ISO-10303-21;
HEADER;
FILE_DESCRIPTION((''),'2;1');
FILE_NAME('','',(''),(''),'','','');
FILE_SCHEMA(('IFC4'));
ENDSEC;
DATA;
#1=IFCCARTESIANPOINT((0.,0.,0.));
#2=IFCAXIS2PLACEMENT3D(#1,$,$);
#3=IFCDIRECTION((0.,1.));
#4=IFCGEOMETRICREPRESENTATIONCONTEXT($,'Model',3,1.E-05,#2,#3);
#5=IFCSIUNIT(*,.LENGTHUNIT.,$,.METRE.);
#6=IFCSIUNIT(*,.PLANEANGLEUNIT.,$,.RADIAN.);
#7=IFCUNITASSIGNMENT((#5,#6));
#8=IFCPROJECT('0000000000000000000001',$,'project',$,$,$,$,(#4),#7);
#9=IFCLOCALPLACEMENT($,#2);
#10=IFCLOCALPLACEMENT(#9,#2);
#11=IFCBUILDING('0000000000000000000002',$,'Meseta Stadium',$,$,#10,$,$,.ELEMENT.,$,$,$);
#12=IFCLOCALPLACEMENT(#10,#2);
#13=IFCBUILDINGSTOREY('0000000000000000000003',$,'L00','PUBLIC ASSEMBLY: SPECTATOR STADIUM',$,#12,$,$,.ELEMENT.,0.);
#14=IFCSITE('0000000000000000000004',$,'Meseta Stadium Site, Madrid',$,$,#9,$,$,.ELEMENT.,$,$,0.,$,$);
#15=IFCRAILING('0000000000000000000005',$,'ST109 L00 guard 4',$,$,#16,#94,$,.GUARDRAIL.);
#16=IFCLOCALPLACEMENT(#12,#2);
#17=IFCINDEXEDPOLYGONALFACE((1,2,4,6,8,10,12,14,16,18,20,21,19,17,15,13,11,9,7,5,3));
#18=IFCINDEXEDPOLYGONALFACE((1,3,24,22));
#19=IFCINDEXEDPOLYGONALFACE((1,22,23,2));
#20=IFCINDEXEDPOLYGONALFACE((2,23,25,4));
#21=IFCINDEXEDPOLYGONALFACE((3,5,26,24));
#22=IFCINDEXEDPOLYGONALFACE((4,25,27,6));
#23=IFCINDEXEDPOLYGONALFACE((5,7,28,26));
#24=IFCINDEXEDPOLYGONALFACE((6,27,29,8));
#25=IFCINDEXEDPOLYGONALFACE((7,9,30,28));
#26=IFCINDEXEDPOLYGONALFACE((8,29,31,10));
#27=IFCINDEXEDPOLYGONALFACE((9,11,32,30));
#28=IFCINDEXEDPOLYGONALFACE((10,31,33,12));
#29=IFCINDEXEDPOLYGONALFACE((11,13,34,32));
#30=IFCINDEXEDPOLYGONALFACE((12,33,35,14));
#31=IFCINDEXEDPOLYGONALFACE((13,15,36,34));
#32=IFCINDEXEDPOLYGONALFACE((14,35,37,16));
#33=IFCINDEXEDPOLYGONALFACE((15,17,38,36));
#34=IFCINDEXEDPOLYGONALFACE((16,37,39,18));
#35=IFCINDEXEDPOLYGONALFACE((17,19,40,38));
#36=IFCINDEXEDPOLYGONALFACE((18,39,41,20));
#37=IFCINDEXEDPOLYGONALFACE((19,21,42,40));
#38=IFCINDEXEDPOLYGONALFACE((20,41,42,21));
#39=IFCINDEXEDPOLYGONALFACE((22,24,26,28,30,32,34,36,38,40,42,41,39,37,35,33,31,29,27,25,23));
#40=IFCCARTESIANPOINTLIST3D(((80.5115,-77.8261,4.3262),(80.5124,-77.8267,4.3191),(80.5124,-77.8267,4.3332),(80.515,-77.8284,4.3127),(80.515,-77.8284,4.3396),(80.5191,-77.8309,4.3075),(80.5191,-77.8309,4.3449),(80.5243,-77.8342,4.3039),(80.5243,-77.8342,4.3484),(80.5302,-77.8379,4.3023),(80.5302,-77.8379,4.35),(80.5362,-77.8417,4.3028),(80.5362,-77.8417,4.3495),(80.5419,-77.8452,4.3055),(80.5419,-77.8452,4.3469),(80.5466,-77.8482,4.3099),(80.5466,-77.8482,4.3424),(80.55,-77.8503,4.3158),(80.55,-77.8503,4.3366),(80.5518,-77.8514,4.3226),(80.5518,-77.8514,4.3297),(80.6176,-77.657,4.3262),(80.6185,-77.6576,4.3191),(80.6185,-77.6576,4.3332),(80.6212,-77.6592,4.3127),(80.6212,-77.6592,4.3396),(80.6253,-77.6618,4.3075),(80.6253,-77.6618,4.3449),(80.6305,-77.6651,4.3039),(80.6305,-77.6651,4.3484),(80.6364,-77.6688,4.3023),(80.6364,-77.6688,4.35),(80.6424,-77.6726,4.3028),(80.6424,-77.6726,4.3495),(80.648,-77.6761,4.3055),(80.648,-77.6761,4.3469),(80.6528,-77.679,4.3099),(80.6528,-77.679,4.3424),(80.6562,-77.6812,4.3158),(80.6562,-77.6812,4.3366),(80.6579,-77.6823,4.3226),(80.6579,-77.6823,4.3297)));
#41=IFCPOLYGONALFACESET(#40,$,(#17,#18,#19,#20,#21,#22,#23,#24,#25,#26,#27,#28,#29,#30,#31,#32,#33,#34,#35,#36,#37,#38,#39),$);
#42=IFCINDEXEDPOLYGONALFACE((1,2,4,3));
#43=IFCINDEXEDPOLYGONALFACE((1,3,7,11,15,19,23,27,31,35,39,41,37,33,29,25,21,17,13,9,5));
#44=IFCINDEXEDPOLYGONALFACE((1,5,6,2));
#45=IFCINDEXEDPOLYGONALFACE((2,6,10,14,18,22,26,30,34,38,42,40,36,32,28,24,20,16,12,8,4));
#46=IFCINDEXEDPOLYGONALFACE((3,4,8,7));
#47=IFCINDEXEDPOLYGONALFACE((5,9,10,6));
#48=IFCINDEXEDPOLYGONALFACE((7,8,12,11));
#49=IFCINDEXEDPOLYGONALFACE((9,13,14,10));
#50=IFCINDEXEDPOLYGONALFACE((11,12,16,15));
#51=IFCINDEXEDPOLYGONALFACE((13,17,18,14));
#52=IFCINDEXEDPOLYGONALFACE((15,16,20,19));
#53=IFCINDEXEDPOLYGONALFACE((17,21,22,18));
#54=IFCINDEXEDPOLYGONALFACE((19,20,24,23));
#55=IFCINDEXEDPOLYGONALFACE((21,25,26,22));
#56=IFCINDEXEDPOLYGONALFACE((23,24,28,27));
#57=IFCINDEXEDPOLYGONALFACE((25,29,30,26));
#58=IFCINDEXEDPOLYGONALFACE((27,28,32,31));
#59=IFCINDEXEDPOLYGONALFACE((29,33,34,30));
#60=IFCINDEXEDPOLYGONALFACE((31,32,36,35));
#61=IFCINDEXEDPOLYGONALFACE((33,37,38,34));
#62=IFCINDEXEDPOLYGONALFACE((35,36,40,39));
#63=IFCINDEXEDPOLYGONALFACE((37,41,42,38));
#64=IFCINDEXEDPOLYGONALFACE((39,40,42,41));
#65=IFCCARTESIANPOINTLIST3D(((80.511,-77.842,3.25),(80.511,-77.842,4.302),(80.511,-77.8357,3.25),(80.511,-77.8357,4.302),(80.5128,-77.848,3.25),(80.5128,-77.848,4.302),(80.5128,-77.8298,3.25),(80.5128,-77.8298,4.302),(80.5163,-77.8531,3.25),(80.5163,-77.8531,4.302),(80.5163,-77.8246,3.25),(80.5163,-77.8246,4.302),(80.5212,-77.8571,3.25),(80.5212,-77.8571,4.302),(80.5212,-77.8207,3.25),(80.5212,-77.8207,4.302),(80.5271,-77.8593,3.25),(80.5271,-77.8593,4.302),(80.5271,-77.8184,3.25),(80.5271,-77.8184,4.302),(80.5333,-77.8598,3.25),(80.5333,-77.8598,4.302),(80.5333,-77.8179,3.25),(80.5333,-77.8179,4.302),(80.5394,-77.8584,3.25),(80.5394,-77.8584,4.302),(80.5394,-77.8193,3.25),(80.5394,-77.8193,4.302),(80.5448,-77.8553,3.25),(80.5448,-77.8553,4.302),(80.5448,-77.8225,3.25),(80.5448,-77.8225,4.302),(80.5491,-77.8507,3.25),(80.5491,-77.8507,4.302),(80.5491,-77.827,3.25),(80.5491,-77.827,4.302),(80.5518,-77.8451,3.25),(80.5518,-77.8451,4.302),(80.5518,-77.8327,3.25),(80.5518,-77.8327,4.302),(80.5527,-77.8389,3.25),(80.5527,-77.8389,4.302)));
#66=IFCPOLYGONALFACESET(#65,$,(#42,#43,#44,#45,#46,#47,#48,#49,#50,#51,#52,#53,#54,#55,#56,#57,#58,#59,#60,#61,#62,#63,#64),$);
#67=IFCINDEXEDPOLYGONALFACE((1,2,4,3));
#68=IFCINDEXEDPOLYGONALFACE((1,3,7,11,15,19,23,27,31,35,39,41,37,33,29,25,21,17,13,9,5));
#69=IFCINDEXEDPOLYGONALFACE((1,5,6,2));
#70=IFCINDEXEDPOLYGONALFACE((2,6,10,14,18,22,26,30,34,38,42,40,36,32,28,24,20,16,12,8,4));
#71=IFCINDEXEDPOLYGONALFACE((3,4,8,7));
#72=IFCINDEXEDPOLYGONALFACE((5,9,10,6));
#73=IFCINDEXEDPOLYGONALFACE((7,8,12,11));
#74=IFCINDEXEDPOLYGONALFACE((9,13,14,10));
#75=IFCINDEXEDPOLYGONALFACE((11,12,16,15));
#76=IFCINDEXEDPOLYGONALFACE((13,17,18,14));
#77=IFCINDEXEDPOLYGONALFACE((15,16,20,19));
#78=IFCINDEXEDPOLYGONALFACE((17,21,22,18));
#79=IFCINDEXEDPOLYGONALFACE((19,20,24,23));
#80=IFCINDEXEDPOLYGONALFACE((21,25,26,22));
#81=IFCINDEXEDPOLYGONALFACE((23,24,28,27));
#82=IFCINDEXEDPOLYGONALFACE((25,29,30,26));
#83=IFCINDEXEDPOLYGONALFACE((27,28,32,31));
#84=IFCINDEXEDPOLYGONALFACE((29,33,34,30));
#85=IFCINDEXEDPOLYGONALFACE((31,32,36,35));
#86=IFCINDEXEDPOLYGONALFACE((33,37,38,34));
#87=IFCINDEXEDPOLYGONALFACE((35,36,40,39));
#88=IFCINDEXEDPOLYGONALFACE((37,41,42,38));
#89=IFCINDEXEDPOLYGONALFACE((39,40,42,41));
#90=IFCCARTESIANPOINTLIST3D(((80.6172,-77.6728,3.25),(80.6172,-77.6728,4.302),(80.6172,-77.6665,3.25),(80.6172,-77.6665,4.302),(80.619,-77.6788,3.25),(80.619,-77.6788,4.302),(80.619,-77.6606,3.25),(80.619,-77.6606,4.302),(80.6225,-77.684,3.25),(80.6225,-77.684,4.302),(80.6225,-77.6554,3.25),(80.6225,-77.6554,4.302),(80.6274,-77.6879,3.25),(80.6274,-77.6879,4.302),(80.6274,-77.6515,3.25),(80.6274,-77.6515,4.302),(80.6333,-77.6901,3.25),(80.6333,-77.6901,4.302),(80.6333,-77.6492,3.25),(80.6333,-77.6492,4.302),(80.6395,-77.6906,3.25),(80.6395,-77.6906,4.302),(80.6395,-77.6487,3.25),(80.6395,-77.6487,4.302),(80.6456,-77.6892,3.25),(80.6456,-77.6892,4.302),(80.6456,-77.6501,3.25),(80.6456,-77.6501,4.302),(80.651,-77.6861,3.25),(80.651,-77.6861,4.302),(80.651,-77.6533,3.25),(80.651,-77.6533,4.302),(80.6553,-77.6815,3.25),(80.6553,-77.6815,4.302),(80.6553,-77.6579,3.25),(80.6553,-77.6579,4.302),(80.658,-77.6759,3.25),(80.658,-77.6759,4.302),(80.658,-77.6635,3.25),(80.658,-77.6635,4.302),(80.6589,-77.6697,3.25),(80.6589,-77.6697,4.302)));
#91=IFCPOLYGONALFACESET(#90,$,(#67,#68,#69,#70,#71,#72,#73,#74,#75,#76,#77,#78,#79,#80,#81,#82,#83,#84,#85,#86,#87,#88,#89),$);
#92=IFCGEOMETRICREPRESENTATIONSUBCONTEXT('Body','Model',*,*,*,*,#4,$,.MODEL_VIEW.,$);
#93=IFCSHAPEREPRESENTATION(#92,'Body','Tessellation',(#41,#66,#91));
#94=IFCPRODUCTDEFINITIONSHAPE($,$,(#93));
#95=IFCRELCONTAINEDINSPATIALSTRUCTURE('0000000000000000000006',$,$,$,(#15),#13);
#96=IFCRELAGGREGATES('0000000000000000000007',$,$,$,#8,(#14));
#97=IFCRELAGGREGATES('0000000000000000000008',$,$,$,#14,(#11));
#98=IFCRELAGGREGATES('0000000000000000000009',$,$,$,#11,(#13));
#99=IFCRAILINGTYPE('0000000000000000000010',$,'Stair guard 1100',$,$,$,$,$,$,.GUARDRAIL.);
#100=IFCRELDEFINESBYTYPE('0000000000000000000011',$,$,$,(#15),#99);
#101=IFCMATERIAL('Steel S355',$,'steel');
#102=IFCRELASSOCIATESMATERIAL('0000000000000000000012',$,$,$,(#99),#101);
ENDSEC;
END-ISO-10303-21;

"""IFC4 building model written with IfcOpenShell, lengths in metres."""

from ifc_helpers import new_model, si_unit, direction, frame, origin, origin_2d, place, context, subcontext, project, spatial, circle, extrude, material, type_object, element, save


model = new_model("IFC4")

# Units and contexts
model_context = context("Model", 3, precision=1e-05, world=origin(), true_north=direction((0.0, 1.0)))
body_context = subcontext(model_context, "Body", "Model", "MODEL_VIEW")
ifc_project = project(units=[si_unit("LENGTHUNIT", "METRE"), si_unit("PLANEANGLEUNIT", "RADIAN")], contexts=[model_context])

# Site, building, storey
site_placement = place(None, origin())
site = spatial("IfcSite", under=ifc_project, at=site_placement, Name="Meseta Stadium Site, Madrid", CompositionType="ELEMENT", RefElevation=0.0)
building_placement = place(site_placement, origin())
building = spatial("IfcBuilding", under=site, at=building_placement, Name="Meseta Stadium", CompositionType="ELEMENT")
storey_placement = place(building_placement, origin())
storey = spatial("IfcBuildingStorey", under=building, at=storey_placement, Name="L00", Description="PUBLIC ASSEMBLY: SPECTATOR STADIUM", CompositionType="ELEMENT", Elevation=0.0)

# Railing
ifc_material_1 = material(Name="Steel S355", Category="steel")
railing_type_1 = type_object("IfcRailingType", Name="Stair guard 1100", PredefinedType="GUARDRAIL", material=ifc_material_1)
railing_1_placement = place(storey_placement, frame((80.5317, -77.8389, 3.25)))
element("IfcRailing", 1, at=railing_1_placement, inside=storey, type_object=railing_type_1, Name="ST109 L00 guard 4", PredefinedType="GUARDRAIL", context=body_context, shape_type="SweptSolid", body=[
    extrude(circle(Radius=0.0239, at=origin_2d()), frame((0.0, 0.0, 1.0762), z_axis=(0.531646, 0.846967, 0.0), x_axis=(-0.846967, 0.531646, 0.0)), (0.0, 0.0, 1.0), 0.1997),
    extrude(circle(Radius=0.021, at=origin_2d()), origin(), (0.0, 0.0, 1.0), 1.052),
    extrude(circle(Radius=0.021, at=origin_2d()), frame((0.1062, 0.1692, 0.0)), (0.0, 0.0, 1.0), 1.052),
])

save(model, "model.ifc")
